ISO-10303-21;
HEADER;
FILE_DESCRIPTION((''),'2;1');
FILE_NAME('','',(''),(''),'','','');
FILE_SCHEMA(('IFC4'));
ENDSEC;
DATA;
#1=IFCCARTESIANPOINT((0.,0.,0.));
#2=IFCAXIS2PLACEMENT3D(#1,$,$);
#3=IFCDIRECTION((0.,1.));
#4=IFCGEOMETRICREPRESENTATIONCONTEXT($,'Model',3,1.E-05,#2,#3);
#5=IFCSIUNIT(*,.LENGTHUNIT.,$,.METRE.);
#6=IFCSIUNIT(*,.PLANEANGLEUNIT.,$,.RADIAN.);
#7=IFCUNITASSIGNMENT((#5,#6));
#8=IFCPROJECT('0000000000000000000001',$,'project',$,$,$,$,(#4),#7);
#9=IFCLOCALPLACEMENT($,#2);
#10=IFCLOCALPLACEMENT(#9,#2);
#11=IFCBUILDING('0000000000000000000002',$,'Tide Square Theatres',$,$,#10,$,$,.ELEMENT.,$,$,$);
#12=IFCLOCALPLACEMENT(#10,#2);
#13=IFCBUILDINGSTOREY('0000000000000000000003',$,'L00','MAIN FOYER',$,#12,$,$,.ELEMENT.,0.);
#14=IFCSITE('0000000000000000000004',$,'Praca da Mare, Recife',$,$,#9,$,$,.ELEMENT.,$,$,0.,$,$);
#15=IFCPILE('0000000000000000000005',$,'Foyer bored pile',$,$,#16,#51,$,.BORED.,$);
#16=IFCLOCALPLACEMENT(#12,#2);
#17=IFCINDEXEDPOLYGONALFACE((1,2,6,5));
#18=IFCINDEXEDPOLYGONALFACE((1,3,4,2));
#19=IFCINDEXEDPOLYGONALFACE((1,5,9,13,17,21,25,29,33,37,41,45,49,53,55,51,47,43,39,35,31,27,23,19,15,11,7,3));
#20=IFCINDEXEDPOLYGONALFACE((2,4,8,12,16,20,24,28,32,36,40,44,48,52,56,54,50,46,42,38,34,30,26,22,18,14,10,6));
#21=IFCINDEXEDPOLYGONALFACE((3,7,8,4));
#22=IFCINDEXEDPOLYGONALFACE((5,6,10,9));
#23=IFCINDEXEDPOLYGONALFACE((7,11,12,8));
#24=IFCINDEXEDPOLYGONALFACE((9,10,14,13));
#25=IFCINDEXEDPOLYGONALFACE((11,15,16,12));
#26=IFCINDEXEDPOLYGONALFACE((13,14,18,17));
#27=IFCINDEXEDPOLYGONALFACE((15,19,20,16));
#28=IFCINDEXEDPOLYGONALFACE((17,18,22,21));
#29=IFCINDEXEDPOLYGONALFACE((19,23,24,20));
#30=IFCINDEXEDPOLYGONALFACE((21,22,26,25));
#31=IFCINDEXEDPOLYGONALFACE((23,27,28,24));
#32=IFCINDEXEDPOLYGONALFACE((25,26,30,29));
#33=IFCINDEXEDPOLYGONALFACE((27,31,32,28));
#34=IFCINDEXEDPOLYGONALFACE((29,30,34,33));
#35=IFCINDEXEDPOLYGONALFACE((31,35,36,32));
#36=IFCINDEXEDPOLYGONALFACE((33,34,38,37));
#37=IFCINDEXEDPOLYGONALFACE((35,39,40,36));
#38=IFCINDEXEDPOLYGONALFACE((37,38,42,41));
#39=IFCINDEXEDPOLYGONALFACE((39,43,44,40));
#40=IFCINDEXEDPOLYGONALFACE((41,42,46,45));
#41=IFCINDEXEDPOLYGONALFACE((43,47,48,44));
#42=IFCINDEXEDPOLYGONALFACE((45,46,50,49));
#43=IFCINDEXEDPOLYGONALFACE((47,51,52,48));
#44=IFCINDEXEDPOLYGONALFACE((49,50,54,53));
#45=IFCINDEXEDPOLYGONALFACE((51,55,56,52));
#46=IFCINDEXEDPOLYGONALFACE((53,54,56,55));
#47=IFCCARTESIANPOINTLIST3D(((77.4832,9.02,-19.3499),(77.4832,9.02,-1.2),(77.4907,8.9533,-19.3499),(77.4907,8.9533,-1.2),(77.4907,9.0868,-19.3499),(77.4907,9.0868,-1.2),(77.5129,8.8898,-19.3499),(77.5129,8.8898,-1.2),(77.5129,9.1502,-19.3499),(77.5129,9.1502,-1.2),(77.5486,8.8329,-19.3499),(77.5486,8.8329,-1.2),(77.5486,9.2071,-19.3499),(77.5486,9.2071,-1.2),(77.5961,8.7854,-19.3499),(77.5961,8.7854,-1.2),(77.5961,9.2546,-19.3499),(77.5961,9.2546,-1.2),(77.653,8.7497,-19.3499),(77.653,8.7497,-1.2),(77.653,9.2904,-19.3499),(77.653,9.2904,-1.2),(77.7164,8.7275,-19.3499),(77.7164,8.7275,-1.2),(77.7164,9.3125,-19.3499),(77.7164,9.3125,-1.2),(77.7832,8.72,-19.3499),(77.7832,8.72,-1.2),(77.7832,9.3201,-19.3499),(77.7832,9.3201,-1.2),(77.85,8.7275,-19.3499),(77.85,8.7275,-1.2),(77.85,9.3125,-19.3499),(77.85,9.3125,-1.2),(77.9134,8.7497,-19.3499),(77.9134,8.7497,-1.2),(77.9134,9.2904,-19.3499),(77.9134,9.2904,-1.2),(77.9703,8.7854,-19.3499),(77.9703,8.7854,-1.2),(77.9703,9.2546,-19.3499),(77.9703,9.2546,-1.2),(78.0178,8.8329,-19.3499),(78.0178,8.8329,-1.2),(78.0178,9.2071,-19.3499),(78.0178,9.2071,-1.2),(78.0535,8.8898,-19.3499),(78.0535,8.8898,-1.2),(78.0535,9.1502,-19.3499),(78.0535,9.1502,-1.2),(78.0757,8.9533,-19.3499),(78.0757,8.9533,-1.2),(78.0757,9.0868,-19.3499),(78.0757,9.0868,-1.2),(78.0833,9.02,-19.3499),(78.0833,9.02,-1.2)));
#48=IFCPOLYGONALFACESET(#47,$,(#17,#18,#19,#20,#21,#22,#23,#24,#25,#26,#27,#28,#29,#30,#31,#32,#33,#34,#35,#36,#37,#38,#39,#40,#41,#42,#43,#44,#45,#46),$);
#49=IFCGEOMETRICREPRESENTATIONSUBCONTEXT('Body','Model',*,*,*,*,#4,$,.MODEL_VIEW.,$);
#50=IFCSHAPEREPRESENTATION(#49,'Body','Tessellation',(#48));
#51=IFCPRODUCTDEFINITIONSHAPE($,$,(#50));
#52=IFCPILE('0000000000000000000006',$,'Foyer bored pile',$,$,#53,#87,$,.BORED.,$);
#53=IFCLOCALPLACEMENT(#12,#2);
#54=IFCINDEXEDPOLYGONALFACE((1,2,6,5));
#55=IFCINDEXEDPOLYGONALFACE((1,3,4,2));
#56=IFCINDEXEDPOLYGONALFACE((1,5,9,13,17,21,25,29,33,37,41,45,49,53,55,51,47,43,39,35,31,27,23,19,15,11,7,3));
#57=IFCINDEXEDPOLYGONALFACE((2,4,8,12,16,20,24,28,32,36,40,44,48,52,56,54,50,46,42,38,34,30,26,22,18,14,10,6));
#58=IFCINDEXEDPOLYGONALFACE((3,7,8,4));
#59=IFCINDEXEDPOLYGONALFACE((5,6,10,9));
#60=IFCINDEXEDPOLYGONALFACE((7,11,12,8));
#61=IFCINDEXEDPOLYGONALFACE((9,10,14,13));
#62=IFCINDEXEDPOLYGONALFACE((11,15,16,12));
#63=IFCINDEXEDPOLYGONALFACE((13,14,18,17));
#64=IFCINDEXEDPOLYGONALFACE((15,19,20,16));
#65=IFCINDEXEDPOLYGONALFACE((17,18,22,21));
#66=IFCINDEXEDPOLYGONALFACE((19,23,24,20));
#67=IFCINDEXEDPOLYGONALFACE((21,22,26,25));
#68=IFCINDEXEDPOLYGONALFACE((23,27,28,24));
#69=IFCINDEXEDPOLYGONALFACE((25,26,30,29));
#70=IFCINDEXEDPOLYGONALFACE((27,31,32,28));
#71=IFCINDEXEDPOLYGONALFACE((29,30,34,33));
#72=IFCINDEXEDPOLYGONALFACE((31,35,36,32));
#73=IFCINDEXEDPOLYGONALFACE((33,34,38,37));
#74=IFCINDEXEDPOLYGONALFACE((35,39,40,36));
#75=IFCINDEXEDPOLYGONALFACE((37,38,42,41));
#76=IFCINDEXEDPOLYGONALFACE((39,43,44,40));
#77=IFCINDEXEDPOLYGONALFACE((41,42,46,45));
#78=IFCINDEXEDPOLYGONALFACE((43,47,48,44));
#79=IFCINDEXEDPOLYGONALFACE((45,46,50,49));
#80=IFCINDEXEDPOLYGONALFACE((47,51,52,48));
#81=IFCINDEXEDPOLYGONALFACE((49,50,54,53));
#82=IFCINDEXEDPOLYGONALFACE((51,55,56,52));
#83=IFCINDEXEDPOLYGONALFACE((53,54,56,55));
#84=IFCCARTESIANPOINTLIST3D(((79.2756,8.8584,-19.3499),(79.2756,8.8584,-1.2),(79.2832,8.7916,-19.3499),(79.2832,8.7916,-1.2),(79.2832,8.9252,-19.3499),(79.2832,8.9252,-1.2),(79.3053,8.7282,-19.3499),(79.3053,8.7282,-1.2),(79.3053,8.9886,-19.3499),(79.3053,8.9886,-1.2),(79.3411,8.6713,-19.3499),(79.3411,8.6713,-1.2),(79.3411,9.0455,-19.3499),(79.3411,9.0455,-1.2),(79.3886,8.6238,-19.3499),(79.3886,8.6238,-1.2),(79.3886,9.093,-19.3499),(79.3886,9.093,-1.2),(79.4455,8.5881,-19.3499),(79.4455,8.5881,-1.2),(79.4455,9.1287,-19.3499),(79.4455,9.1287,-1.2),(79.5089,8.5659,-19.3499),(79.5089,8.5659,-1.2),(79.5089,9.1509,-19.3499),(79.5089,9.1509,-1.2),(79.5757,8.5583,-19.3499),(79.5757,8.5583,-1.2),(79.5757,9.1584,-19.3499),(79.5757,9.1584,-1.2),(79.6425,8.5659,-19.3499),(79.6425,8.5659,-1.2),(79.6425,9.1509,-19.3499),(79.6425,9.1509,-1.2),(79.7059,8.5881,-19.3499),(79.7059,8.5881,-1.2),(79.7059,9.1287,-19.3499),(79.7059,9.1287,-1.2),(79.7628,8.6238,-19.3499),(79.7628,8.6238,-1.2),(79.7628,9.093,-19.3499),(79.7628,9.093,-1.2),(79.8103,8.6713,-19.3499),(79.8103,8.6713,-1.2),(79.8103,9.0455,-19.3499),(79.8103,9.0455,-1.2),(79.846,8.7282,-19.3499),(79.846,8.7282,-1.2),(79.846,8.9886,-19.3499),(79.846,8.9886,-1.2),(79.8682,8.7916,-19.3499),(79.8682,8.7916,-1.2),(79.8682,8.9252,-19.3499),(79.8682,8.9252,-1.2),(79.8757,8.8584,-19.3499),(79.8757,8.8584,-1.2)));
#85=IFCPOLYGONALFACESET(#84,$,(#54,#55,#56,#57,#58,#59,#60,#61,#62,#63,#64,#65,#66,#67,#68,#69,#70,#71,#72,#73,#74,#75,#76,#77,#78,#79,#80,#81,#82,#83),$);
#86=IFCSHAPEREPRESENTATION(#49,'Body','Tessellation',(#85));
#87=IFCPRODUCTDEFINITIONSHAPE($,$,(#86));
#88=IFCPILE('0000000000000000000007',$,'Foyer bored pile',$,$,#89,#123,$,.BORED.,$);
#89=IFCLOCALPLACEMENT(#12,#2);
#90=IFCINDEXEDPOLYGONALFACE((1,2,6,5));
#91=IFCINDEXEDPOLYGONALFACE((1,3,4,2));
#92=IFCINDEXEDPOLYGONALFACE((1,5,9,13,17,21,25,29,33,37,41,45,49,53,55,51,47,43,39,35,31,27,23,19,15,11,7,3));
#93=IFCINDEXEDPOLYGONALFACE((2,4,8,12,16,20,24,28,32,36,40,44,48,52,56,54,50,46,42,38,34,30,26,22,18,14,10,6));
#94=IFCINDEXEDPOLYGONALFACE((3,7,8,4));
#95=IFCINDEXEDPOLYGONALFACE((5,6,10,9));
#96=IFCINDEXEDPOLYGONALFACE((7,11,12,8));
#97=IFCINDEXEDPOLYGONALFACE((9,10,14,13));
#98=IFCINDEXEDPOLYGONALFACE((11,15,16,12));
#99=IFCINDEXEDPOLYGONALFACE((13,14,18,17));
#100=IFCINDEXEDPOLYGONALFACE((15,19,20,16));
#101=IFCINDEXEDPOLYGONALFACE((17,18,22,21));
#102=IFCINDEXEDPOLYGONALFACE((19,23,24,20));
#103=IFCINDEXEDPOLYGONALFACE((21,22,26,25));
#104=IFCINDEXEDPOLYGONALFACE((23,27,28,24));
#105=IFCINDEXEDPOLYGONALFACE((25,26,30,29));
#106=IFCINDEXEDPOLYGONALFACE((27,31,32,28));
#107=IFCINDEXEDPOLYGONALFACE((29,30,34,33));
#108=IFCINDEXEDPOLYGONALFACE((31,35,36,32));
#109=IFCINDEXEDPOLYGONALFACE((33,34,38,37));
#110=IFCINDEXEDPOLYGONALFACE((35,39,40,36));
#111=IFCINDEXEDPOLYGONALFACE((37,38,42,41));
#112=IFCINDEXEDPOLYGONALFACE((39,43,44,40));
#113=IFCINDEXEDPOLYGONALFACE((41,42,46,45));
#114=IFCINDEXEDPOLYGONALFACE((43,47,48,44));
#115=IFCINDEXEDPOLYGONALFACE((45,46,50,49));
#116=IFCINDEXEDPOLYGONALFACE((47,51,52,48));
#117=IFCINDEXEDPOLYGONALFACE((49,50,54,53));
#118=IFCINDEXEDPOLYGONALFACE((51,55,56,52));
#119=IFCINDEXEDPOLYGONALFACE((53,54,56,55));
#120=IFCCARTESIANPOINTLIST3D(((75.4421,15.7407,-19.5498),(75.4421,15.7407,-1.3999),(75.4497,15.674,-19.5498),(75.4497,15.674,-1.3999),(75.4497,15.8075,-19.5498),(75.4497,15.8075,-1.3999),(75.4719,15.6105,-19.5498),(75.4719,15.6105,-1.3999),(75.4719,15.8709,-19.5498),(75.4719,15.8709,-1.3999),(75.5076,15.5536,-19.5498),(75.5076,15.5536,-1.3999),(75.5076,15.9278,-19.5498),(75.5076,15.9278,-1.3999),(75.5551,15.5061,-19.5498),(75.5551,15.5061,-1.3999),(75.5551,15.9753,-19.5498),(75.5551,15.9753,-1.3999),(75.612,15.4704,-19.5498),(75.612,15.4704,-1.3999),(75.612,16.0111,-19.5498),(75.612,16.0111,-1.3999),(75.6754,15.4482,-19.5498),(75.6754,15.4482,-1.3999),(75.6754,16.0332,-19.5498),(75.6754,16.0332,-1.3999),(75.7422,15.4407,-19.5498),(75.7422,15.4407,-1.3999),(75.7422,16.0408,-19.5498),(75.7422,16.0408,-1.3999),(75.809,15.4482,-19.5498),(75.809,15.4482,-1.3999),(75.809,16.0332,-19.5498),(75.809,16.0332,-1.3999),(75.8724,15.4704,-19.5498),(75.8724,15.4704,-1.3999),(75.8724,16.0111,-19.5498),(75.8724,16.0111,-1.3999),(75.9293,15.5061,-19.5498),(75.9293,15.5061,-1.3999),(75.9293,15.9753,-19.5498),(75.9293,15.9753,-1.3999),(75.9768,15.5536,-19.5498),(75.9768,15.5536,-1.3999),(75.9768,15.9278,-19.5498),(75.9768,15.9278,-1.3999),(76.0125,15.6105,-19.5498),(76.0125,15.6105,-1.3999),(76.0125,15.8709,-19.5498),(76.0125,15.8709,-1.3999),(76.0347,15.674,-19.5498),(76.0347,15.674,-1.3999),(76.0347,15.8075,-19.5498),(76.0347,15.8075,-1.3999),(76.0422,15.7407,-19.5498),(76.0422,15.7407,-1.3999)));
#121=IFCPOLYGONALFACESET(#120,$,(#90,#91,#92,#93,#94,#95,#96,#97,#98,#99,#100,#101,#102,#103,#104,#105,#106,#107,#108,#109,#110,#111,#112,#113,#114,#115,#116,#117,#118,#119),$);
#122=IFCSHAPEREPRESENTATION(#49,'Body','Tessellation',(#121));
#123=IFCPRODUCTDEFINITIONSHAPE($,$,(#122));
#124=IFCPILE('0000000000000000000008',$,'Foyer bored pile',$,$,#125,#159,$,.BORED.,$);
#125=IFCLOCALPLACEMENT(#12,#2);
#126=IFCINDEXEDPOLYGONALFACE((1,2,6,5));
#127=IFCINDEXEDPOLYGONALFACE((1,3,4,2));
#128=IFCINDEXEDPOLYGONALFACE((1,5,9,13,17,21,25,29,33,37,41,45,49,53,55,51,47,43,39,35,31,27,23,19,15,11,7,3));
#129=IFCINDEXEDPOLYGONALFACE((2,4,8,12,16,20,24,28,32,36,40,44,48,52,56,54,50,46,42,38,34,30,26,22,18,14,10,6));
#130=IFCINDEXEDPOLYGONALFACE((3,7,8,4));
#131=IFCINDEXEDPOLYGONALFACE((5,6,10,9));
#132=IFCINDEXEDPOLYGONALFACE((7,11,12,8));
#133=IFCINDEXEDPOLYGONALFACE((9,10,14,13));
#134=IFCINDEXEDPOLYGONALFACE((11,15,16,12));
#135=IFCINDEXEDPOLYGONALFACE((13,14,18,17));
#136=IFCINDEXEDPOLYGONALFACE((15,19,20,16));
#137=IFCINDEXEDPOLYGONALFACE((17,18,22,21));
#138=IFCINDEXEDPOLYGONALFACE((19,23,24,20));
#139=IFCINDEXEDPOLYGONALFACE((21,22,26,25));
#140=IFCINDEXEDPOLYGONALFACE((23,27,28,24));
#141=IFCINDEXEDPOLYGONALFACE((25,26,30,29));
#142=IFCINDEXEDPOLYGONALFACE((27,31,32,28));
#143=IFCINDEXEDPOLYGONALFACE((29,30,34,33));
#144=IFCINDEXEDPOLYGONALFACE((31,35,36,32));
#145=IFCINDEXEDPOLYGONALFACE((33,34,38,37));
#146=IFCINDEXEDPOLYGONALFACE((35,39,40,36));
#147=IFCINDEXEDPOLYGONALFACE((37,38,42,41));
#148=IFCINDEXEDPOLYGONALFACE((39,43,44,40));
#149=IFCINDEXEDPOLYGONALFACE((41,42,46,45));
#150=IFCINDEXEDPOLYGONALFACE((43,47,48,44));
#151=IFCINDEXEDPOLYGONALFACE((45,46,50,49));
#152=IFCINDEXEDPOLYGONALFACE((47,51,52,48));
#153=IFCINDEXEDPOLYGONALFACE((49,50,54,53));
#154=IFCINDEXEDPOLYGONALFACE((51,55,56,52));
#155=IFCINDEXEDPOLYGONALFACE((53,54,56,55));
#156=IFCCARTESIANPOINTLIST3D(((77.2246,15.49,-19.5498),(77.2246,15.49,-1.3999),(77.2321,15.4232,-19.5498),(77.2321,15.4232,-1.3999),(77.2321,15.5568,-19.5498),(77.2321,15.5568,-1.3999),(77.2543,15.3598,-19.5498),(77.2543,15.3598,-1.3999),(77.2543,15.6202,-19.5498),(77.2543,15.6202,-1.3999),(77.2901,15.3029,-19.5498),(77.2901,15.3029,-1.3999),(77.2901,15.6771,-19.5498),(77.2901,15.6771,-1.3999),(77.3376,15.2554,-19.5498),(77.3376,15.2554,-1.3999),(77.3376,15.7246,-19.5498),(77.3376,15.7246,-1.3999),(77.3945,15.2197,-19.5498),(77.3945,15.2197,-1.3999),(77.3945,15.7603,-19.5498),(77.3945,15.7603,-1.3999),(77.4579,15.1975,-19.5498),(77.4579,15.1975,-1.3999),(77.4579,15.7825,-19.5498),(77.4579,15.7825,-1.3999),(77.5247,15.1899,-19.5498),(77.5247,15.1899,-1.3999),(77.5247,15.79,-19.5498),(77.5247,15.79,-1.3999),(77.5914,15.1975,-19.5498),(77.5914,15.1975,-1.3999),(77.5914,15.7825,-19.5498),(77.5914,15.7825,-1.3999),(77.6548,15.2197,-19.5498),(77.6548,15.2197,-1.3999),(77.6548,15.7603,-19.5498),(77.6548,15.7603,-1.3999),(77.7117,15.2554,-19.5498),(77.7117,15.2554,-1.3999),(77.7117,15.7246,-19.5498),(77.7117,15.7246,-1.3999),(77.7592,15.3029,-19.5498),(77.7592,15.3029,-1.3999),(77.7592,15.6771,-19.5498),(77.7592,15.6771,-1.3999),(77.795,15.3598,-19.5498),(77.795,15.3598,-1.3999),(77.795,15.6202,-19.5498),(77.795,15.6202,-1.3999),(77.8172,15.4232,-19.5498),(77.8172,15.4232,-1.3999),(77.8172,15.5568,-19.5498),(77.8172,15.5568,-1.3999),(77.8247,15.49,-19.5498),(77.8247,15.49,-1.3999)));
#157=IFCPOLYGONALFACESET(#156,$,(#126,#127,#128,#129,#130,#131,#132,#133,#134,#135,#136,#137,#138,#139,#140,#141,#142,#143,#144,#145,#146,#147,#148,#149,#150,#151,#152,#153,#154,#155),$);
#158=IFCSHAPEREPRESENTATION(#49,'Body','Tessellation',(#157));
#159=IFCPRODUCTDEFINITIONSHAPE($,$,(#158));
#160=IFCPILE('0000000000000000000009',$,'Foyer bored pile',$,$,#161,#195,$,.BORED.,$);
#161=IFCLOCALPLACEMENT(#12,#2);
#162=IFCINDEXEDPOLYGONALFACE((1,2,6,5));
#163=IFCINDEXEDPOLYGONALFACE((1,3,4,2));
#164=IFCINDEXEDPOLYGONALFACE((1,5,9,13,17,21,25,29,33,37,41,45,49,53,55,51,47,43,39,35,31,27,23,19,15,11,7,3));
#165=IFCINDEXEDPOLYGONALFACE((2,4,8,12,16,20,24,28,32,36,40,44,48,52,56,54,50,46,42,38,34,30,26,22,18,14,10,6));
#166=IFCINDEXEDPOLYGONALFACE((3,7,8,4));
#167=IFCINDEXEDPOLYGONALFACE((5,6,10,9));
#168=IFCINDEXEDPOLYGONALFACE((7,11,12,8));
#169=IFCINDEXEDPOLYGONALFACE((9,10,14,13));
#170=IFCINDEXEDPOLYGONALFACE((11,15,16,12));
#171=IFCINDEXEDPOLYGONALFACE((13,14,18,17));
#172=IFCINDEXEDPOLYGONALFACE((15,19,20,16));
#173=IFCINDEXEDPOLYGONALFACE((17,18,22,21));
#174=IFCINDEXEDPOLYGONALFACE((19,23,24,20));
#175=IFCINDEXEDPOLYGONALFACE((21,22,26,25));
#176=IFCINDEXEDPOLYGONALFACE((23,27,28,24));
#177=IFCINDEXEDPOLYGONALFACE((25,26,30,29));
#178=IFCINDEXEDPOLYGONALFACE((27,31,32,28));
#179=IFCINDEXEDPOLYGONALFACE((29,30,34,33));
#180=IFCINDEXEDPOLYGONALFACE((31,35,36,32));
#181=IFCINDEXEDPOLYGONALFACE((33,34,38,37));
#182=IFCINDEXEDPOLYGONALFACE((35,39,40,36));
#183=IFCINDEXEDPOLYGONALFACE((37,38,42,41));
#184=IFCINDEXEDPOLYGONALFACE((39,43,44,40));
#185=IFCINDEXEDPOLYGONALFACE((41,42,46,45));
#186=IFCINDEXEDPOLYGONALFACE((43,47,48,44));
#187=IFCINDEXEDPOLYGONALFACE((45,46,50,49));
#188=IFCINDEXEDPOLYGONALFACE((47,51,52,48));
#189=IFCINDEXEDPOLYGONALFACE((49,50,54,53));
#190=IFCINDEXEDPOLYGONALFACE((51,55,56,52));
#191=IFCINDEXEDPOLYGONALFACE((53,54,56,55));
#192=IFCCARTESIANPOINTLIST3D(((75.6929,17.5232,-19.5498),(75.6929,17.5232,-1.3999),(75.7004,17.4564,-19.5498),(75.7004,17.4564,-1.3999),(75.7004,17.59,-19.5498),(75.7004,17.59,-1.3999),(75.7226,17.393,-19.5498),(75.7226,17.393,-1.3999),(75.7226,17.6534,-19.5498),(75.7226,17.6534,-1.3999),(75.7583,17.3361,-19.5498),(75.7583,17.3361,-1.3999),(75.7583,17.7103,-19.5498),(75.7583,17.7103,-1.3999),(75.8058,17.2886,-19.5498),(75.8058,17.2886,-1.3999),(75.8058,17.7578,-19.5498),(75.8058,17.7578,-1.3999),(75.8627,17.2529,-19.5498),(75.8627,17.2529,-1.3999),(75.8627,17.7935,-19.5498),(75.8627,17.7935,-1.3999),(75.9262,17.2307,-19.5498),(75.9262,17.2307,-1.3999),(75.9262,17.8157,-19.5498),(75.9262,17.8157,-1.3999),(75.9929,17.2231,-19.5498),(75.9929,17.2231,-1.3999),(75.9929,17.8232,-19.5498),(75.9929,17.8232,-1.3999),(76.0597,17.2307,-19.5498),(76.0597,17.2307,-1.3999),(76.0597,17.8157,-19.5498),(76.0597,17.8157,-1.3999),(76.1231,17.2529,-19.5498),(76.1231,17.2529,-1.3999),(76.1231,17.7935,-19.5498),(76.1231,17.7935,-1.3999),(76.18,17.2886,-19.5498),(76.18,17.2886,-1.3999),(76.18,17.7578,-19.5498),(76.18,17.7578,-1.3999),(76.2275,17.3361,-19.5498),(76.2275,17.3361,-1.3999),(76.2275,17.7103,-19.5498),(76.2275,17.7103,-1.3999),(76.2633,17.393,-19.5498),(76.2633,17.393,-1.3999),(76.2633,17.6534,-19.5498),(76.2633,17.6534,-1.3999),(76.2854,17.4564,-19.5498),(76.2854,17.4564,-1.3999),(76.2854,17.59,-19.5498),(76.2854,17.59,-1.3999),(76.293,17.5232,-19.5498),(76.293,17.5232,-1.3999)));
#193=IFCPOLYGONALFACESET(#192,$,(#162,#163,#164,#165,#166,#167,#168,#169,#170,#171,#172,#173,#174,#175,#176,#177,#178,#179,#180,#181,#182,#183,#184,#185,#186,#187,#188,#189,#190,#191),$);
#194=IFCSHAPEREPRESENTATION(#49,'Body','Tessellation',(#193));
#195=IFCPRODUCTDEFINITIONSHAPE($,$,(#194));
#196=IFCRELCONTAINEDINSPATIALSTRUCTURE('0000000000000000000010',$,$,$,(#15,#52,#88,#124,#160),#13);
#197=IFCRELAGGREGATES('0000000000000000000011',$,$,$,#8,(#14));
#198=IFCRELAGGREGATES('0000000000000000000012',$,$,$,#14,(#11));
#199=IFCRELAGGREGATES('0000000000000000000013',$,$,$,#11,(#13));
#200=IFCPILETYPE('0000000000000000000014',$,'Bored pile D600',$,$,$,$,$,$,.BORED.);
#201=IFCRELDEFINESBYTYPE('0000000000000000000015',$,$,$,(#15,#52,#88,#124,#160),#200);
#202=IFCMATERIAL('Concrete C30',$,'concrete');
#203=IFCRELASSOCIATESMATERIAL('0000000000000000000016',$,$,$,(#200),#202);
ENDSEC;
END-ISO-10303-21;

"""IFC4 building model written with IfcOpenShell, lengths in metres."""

from ifc_helpers import new_model, si_unit, direction, frame, origin, origin_2d, place, context, subcontext, project, spatial, circle, extrude, material, material_profile, profile_set, type_object, element, save


model = new_model("IFC4")

# Units and contexts
model_context = context("Model", 3, precision=1e-05, world=origin(), true_north=direction((0.0, 1.0)))
body_context = subcontext(model_context, "Body", "Model", "MODEL_VIEW")
ifc_project = project(units=[si_unit("LENGTHUNIT", "METRE"), si_unit("PLANEANGLEUNIT", "RADIAN")], contexts=[model_context])

# Site, building, storey
site_placement = place(None, origin())
site = spatial("IfcSite", under=ifc_project, at=site_placement, Name="Praca da Mare, Recife", CompositionType="ELEMENT", RefElevation=0.0)
building_placement = place(site_placement, origin())
building = spatial("IfcBuilding", under=site, at=building_placement, Name="Tide Square Theatres", CompositionType="ELEMENT")
storey_placement = place(building_placement, origin())
storey = spatial("IfcBuildingStorey", under=building, at=storey_placement, Name="L00", Description="MAIN FOYER", CompositionType="ELEMENT", Elevation=0.0)

# Piles
ifc_material_1 = material(Name="Concrete C30", Category="concrete")
ifc_material_profile_1 = material_profile(ifc_material_1, circle(Radius=0.3, at=origin_2d()))
ifc_profile_set_1 = profile_set([ifc_material_profile_1], Name="Concrete C30")
pile_type = type_object("IfcPileType", Name="Bored pile D600", PredefinedType="BORED", material=ifc_profile_set_1)
for number, where, z_axis, x_axis, name in (
    (1, (77.7832, 9.02, -1.2), (0.0, 0.0, -1.0), (1.0, 0.0, 0.0), "Foyer bored pile"),
    (2, (79.5757, 8.8584, -1.2), (0.0, 0.0, -1.0), (1.0, 0.0, 0.0), "Foyer bored pile"),
    (3, (75.7422, 15.7407, -1.3999), (0.0, 0.0, -1.0), (1.0, 0.0, 0.0), "Foyer bored pile"),
    (4, (77.5247, 15.49, -1.3999), (0.0, 0.0, -1.0), (1.0, 0.0, 0.0), "Foyer bored pile"),
    (5, (75.9929, 17.5232, -1.3999), (0.0, 0.0, -1.0), (1.0, 0.0, 0.0), "Foyer bored pile"),
):
    element("IfcPile", number, at=place(storey_placement, frame(where, z_axis=z_axis, x_axis=x_axis)), inside=storey, type_object=pile_type, Name=name, PredefinedType="BORED", context=body_context, shape_type="SweptSolid", body=[
        extrude(circle(Radius=0.3, at=origin_2d()), origin(), (0.0, 0.0, 1.0), 18.1499),
    ])

save(model, "model.ifc")
